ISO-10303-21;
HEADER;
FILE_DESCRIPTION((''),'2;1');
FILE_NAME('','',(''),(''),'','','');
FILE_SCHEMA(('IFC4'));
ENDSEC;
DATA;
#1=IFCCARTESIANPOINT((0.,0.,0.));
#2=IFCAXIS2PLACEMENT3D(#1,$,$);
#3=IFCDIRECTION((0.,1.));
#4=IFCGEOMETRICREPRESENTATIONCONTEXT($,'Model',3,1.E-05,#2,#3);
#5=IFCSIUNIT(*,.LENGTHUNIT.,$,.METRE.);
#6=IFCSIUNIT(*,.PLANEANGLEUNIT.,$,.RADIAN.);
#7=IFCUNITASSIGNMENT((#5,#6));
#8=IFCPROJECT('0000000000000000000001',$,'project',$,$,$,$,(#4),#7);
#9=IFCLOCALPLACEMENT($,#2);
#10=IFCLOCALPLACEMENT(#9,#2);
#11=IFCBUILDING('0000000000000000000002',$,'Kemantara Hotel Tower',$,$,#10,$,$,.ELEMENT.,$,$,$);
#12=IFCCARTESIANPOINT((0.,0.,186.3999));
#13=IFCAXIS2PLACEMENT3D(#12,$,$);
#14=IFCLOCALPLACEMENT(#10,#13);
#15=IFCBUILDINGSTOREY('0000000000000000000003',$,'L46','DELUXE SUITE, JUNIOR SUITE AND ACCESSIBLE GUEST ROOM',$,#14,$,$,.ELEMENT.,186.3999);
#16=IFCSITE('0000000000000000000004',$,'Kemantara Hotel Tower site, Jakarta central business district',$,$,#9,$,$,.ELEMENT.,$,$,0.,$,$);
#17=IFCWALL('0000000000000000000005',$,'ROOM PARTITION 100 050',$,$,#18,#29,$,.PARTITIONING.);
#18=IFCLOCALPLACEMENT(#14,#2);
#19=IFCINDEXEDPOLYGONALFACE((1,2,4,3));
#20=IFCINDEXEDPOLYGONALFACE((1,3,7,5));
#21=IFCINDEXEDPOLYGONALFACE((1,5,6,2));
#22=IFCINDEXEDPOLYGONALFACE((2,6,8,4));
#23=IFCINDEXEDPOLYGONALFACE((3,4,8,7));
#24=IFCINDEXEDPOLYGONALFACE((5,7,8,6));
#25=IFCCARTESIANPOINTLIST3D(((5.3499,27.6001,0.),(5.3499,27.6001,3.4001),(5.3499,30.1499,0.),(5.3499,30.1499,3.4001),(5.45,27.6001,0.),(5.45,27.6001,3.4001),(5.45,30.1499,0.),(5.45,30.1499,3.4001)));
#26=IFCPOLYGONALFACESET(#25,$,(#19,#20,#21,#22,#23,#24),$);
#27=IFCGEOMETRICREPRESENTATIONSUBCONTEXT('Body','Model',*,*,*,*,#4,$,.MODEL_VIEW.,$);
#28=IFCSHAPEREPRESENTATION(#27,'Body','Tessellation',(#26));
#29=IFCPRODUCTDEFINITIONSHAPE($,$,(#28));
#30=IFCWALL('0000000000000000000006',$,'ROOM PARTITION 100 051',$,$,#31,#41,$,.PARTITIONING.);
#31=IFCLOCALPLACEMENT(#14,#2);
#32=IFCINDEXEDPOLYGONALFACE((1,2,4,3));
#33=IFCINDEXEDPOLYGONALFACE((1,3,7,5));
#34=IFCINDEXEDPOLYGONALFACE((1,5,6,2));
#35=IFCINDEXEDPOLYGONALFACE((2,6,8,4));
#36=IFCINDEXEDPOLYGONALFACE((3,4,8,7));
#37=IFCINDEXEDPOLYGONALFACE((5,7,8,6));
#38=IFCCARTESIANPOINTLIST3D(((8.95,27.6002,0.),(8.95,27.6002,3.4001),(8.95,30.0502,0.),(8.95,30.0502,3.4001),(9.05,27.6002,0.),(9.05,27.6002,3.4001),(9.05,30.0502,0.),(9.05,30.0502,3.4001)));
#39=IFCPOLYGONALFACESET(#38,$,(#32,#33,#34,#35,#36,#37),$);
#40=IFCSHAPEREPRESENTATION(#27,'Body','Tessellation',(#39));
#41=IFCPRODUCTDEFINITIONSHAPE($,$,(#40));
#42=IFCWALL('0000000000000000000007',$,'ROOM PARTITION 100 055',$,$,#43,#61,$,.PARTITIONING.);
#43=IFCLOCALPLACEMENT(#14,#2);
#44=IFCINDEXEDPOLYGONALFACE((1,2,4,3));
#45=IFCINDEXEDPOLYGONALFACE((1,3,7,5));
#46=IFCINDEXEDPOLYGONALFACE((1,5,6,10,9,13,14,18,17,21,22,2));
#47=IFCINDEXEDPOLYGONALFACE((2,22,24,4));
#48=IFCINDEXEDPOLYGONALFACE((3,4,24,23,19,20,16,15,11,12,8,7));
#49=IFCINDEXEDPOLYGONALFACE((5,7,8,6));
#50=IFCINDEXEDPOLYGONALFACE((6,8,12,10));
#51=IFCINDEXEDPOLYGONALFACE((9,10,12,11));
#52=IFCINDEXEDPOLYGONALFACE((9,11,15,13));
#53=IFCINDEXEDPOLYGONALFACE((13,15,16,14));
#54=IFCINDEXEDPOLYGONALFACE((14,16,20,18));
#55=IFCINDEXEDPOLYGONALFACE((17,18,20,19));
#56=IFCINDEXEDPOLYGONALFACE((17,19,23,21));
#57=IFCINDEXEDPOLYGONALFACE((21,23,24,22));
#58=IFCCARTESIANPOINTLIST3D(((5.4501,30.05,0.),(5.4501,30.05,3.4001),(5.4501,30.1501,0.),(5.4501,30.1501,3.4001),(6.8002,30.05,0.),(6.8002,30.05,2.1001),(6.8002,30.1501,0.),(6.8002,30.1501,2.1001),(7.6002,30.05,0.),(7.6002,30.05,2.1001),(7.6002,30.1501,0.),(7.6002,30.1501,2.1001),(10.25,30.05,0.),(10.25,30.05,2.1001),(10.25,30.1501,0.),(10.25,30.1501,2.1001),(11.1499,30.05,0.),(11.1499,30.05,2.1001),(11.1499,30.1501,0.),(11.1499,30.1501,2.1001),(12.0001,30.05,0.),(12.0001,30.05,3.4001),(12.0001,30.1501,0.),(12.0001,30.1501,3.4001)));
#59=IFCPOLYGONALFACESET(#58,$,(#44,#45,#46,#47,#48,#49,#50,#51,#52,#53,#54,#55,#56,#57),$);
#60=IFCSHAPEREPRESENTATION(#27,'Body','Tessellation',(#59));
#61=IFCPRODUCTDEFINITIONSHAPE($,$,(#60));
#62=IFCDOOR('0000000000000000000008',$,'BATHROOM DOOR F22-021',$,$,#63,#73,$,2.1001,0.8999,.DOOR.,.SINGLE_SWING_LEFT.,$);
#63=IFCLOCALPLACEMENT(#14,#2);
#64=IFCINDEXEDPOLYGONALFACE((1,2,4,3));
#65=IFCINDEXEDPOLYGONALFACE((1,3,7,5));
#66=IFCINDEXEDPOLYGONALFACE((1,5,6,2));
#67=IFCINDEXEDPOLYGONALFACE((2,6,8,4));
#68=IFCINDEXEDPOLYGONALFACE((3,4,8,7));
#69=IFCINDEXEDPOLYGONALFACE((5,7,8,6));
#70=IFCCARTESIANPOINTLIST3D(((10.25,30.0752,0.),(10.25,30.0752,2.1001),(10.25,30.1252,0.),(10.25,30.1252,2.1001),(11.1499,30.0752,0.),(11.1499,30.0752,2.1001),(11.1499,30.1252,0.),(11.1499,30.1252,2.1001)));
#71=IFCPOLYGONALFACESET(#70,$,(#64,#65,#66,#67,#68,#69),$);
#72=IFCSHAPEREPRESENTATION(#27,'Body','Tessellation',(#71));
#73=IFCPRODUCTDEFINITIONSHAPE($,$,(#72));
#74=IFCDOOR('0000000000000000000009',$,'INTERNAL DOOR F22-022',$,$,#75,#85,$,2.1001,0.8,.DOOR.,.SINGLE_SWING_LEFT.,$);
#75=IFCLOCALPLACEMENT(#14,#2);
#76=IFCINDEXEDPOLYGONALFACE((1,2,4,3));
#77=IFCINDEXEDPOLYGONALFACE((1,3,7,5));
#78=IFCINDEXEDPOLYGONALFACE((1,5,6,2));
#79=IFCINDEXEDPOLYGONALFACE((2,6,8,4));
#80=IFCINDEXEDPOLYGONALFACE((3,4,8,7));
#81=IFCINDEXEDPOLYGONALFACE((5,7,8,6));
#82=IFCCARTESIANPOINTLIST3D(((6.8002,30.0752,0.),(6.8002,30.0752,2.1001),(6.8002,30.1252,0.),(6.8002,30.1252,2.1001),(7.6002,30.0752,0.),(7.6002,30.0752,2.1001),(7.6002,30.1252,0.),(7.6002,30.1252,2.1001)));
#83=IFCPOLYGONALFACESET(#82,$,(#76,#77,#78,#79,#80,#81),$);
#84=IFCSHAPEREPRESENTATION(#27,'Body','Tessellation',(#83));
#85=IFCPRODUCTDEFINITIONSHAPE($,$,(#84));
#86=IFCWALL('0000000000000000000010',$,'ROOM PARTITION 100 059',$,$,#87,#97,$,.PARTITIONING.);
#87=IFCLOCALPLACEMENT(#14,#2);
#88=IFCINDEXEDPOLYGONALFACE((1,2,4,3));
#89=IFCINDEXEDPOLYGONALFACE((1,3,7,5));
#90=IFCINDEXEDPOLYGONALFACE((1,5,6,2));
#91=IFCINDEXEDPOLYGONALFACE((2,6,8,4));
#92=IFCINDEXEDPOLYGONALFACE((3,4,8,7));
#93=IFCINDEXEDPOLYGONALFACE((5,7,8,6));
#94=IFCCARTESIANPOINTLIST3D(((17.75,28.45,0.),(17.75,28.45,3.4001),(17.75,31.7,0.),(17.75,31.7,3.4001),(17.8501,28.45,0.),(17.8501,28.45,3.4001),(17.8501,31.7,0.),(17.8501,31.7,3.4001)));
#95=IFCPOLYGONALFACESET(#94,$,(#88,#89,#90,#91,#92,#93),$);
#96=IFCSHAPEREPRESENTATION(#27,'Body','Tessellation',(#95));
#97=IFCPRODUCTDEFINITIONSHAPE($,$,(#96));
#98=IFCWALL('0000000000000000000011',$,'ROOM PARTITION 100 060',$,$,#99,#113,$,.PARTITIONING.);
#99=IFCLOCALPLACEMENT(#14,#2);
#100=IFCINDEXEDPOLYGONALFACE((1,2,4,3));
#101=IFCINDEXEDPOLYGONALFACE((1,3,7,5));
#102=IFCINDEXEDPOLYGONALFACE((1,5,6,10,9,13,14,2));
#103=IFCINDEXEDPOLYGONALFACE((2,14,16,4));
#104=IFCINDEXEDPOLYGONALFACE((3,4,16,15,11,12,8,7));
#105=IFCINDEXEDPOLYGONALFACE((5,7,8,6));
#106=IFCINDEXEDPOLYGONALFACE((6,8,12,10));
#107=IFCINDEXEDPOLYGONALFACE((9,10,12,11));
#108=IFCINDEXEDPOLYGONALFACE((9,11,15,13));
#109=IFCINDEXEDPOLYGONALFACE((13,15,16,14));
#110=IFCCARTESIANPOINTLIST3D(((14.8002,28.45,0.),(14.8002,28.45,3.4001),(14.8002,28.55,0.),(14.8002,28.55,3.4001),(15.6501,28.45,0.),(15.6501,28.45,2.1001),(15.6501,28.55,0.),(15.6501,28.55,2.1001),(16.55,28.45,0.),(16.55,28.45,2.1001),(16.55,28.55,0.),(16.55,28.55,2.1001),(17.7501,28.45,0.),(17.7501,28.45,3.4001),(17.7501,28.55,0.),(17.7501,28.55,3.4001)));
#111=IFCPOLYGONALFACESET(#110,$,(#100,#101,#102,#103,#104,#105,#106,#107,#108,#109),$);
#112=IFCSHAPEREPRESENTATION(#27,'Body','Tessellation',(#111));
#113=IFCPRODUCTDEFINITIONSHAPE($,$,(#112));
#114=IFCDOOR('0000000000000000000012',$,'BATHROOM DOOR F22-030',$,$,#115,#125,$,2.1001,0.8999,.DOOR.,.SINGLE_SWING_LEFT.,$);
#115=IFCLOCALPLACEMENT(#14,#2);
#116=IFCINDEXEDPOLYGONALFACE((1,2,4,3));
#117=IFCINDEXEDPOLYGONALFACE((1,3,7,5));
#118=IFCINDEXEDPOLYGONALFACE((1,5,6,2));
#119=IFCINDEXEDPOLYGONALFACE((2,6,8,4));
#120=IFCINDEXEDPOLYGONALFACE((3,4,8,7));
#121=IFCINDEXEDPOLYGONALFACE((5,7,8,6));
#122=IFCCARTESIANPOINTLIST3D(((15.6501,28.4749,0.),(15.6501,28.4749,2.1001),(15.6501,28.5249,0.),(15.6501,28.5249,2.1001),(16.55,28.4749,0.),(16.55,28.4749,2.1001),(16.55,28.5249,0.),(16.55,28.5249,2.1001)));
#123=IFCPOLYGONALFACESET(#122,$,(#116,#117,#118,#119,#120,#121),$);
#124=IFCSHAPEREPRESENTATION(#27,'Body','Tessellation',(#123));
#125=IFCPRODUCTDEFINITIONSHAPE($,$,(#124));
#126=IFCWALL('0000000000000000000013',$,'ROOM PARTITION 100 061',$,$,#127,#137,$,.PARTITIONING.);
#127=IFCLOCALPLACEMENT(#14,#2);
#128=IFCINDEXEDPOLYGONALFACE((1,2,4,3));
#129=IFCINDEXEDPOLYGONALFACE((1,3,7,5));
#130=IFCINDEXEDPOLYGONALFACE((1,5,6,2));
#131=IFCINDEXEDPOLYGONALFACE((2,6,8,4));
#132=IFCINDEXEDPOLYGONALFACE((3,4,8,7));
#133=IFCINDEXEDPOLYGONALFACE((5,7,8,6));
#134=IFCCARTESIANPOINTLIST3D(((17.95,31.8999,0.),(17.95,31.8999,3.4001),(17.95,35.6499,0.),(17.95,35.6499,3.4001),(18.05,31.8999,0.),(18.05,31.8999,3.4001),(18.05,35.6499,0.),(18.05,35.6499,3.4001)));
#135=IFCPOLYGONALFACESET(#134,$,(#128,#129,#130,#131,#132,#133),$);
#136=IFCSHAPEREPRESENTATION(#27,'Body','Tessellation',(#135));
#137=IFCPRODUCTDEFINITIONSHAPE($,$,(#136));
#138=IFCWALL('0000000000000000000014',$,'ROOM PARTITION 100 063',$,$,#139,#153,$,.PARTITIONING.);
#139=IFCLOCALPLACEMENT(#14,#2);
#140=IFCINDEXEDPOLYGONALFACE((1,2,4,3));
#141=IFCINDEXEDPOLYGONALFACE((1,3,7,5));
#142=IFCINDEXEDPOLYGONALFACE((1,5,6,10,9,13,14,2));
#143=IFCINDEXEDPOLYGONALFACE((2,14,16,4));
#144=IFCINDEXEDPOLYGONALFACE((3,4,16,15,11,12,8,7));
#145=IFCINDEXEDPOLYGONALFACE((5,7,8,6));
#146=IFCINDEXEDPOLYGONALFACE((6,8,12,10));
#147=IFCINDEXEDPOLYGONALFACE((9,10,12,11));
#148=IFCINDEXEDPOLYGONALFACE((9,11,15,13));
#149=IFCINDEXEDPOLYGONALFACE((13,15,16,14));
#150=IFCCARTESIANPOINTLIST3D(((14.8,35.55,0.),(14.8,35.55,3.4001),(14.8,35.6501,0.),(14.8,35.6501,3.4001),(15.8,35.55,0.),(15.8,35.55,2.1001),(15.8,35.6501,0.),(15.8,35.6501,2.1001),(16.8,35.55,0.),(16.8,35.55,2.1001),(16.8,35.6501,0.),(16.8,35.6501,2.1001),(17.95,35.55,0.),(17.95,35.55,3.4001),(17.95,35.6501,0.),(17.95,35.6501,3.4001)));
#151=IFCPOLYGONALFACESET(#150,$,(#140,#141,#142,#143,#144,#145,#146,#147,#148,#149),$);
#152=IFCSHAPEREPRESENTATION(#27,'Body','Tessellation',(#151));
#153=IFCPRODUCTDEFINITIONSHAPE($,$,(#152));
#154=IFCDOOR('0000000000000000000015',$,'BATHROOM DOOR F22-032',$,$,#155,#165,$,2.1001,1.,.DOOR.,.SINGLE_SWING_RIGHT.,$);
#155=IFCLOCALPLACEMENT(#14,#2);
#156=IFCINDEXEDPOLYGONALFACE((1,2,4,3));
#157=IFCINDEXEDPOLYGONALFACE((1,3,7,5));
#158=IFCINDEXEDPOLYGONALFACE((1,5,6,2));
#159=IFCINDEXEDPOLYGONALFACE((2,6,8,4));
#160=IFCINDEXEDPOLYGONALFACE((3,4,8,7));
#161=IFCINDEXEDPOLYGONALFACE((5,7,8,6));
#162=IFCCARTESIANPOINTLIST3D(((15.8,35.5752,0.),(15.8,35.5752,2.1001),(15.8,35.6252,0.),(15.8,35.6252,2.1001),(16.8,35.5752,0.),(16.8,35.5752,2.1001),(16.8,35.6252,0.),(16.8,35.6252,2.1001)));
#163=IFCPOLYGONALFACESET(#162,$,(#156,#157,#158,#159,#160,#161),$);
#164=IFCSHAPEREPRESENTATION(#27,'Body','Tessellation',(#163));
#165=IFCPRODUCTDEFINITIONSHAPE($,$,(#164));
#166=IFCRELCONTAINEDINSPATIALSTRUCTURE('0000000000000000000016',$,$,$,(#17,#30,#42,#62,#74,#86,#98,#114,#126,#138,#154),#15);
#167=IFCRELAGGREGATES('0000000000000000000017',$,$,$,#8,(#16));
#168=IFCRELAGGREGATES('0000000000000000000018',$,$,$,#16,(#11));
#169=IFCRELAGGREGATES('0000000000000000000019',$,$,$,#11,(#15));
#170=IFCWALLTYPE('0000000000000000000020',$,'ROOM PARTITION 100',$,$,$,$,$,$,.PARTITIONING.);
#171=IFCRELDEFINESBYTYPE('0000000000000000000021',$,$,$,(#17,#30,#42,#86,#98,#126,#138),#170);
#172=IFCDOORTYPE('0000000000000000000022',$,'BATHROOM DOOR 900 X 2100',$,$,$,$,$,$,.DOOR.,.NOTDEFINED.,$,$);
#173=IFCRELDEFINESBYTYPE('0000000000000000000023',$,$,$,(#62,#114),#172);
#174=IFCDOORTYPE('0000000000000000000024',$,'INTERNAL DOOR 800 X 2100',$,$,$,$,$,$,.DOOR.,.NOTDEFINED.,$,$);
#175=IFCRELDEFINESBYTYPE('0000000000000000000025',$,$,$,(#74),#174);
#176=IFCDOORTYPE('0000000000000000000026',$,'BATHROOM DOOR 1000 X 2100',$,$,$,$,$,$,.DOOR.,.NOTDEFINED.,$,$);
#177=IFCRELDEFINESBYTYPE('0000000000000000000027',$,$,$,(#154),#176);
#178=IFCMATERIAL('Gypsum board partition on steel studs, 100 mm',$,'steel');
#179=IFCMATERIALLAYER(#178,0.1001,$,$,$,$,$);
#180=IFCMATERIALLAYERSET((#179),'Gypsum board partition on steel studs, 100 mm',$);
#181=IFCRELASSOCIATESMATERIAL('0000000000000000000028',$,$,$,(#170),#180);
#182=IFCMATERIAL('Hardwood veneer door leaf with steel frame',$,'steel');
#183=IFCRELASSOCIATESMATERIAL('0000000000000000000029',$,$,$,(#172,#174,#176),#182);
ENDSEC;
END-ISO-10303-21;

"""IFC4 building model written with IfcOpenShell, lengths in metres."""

from ifc_helpers import new_model, si_unit, direction, frame, frame_2d, origin, place, context, subcontext, project, spatial, rectangle, extrude, material, layer, layer_set, type_object, element, fill, save


model = new_model("IFC4")

# Units and contexts
model_context = context("Model", 3, precision=1e-05, world=origin(), true_north=direction((0.0, 1.0)))
body_context = subcontext(model_context, "Body", "Model", "MODEL_VIEW")
ifc_project = project(units=[si_unit("LENGTHUNIT", "METRE"), si_unit("PLANEANGLEUNIT", "RADIAN")], contexts=[model_context])

# Site, building, storey
site_placement = place(None, origin())
site = spatial("IfcSite", under=ifc_project, at=site_placement, Name="Kemantara Hotel Tower site, Jakarta central business district", CompositionType="ELEMENT", RefElevation=0.0)
building_placement = place(site_placement, origin())
building = spatial("IfcBuilding", under=site, at=building_placement, Name="Kemantara Hotel Tower", CompositionType="ELEMENT")
storey_placement = place(building_placement, frame((0.0, 0.0, 186.3999)))
storey = spatial("IfcBuildingStorey", under=building, at=storey_placement, Name="L46", Description="DELUXE SUITE, JUNIOR SUITE AND ACCESSIBLE GUEST ROOM", CompositionType="ELEMENT", Elevation=186.3999)

# Shared definitions
ifc_material_1 = material(Name="Hardwood veneer door leaf with steel frame", Category="steel")

# Walls
ifc_material_2 = material(Name="Gypsum board partition on steel studs, 100 mm", Category="steel")
ifc_layer_1 = layer(ifc_material_2, 0.1001)
ifc_layer_set_1 = layer_set([ifc_layer_1], Name="Gypsum board partition on steel studs, 100 mm")
wall_type_1 = type_object("IfcWallType", Name="ROOM PARTITION 100", PredefinedType="PARTITIONING", material=ifc_layer_set_1)
wall_1_placement = place(storey_placement, frame((5.3999, 27.6001, 0.0), z_axis=(0.0, 0.0, 1.0), x_axis=(0.0, 1.0, 0.0)))
element("IfcWall", 1, at=wall_1_placement, inside=storey, type_object=wall_type_1, Name="ROOM PARTITION 100 050", PredefinedType="PARTITIONING", context=body_context, shape_type="SweptSolid", body=[
    extrude(rectangle(XDim=2.5498, YDim=0.1001, at=frame_2d((1.2749, 0.0))), origin(), (0.0, 0.0, 1.0), 3.4001),
])
wall_2_placement = place(storey_placement, frame((9.0, 27.6001, 0.0), z_axis=(0.0, 0.0, 1.0), x_axis=(0.0, 1.0, 0.0)))
element("IfcWall", 2, at=wall_2_placement, inside=storey, type_object=wall_type_1, Name="ROOM PARTITION 100 051", PredefinedType="PARTITIONING", context=body_context, shape_type="SweptSolid", body=[
    extrude(rectangle(XDim=2.45, YDim=0.1001, at=frame_2d((1.2251, 0.0))), origin(), (0.0, 0.0, 1.0), 3.4001),
])

# Wall, openings, doors
wall_3_placement = place(storey_placement, frame((12.0, 30.1001, 0.0), z_axis=(0.0, 0.0, 1.0), x_axis=(-1.0, 0.0, 0.0)))
wall_3 = element("IfcWall", 3, at=wall_3_placement, inside=storey, type_object=wall_type_1, Name="ROOM PARTITION 100 055", PredefinedType="PARTITIONING", context=body_context, shape_type="SweptSolid", body=[
    extrude(rectangle(XDim=6.55, YDim=0.1001, at=frame_2d((3.2749, 0.0))), origin(), (0.0, 0.0, 1.0), 3.4001),
])
opening_1_placement = place(wall_3_placement, frame((0.8501, 0.0, 0.0)))
opening_1 = element("IfcOpeningElement", 4, at=opening_1_placement, cuts=wall_3, PredefinedType="OPENING", context=body_context, shape_type="SweptSolid", body=[
    extrude(rectangle(XDim=0.8999, YDim=2.1001, at=frame_2d((0.45, 1.05))), frame((0.0, 0.0601, 0.0), z_axis=(0.0, -1.0, 0.0), x_axis=(1.0, 0.0, 0.0)), (0.0, 0.0, 1.0), 0.1201),
])
opening_2_placement = place(wall_3_placement, frame((4.3999, 0.0, 0.0)))
opening_2 = element("IfcOpeningElement", 5, at=opening_2_placement, cuts=wall_3, PredefinedType="OPENING", context=body_context, shape_type="SweptSolid", body=[
    extrude(rectangle(XDim=0.8, YDim=2.1001, at=frame_2d((0.3999, 1.05))), frame((0.0, 0.0601, 0.0), z_axis=(0.0, -1.0, 0.0), x_axis=(1.0, 0.0, 0.0)), (0.0, 0.0, 1.0), 0.1201),
])
door_type_1 = type_object("IfcDoorType", Name="BATHROOM DOOR 900 X 2100", OperationType="NOTDEFINED", PredefinedType="DOOR", material=ifc_material_1)
door_1_placement = place(opening_1_placement, origin())
door_1 = element("IfcDoor", 6, at=door_1_placement, inside=storey, type_object=door_type_1, Name="BATHROOM DOOR F22-021", OperationType="SINGLE_SWING_LEFT", OverallHeight=2.1001, OverallWidth=0.8999, PredefinedType="DOOR", context=body_context, shape_type="SweptSolid", body=[
    extrude(rectangle(XDim=0.8999, YDim=2.1001, at=frame_2d((0.45, 1.05))), frame((0.0, 0.0249, 0.0), z_axis=(0.0, -1.0, 0.0), x_axis=(1.0, 0.0, 0.0)), (0.0, 0.0, 1.0), 0.05),
])
fill(opening_1, door_1)
door_type_2 = type_object("IfcDoorType", Name="INTERNAL DOOR 800 X 2100", OperationType="NOTDEFINED", PredefinedType="DOOR", material=ifc_material_1)
door_2_placement = place(opening_2_placement, origin())
door_2 = element("IfcDoor", 7, at=door_2_placement, inside=storey, type_object=door_type_2, Name="INTERNAL DOOR F22-022", OperationType="SINGLE_SWING_LEFT", OverallHeight=2.1001, OverallWidth=0.8, PredefinedType="DOOR", context=body_context, shape_type="SweptSolid", body=[
    extrude(rectangle(XDim=0.8, YDim=2.1001, at=frame_2d((0.3999, 1.05))), frame((0.0, 0.0249, 0.0), z_axis=(0.0, -1.0, 0.0), x_axis=(1.0, 0.0, 0.0)), (0.0, 0.0, 1.0), 0.05),
])
fill(opening_2, door_2)

# Wall
wall_4_placement = place(storey_placement, frame((17.8, 28.45, 0.0), z_axis=(0.0, 0.0, 1.0), x_axis=(0.0, 1.0, 0.0)))
element("IfcWall", 8, at=wall_4_placement, inside=storey, type_object=wall_type_1, Name="ROOM PARTITION 100 059", PredefinedType="PARTITIONING", context=body_context, shape_type="SweptSolid", body=[
    extrude(rectangle(XDim=3.25, YDim=0.1001, at=frame_2d((1.625, 0.0))), origin(), (0.0, 0.0, 1.0), 3.4001),
])

# Wall, opening, door
wall_5_placement = place(storey_placement, frame((14.8, 28.5, 0.0), z_axis=(0.0, 0.0, 1.0), x_axis=(1.0, 0.0, 0.0)))
wall_5 = element("IfcWall", 9, at=wall_5_placement, inside=storey, type_object=wall_type_1, Name="ROOM PARTITION 100 060", PredefinedType="PARTITIONING", context=body_context, shape_type="SweptSolid", body=[
    extrude(rectangle(XDim=2.95, YDim=0.1001, at=frame_2d((1.4751, 0.0))), origin(), (0.0, 0.0, 1.0), 3.4001),
])
opening_3_placement = place(wall_5_placement, frame((0.8501, 0.0, 0.0)))
opening_3 = element("IfcOpeningElement", 10, at=opening_3_placement, cuts=wall_5, PredefinedType="OPENING", context=body_context, shape_type="SweptSolid", body=[
    extrude(rectangle(XDim=0.8999, YDim=2.1001, at=frame_2d((0.45, 1.05))), frame((0.0, 0.0601, 0.0), z_axis=(0.0, -1.0, 0.0), x_axis=(1.0, 0.0, 0.0)), (0.0, 0.0, 1.0), 0.1201),
])
door_3_placement = place(opening_3_placement, origin())
door_3 = element("IfcDoor", 11, at=door_3_placement, inside=storey, type_object=door_type_1, Name="BATHROOM DOOR F22-030", OperationType="SINGLE_SWING_LEFT", OverallHeight=2.1001, OverallWidth=0.8999, PredefinedType="DOOR", context=body_context, shape_type="SweptSolid", body=[
    extrude(rectangle(XDim=0.8999, YDim=2.1001, at=frame_2d((0.45, 1.05))), frame((0.0, 0.0249, 0.0), z_axis=(0.0, -1.0, 0.0), x_axis=(1.0, 0.0, 0.0)), (0.0, 0.0, 1.0), 0.05),
])
fill(opening_3, door_3)

# Wall
wall_6_placement = place(storey_placement, frame((18.0, 31.8999, 0.0), z_axis=(0.0, 0.0, 1.0), x_axis=(0.0, 1.0, 0.0)))
element("IfcWall", 12, at=wall_6_placement, inside=storey, type_object=wall_type_1, Name="ROOM PARTITION 100 061", PredefinedType="PARTITIONING", context=body_context, shape_type="SweptSolid", body=[
    extrude(rectangle(XDim=3.75, YDim=0.1001, at=frame_2d((1.875, 0.0))), origin(), (0.0, 0.0, 1.0), 3.4001),
])

# Wall, opening, door
wall_7_placement = place(storey_placement, frame((17.95, 35.6001, 0.0), z_axis=(0.0, 0.0, 1.0), x_axis=(-1.0, 0.0, 0.0)))
wall_7 = element("IfcWall", 13, at=wall_7_placement, inside=storey, type_object=wall_type_1, Name="ROOM PARTITION 100 063", PredefinedType="PARTITIONING", context=body_context, shape_type="SweptSolid", body=[
    extrude(rectangle(XDim=3.1499, YDim=0.1001, at=frame_2d((1.575, 0.0))), origin(), (0.0, 0.0, 1.0), 3.4001),
])
opening_4_placement = place(wall_7_placement, frame((1.1499, 0.0, 0.0)))
opening_4 = element("IfcOpeningElement", 14, at=opening_4_placement, cuts=wall_7, PredefinedType="OPENING", context=body_context, shape_type="SweptSolid", body=[
    extrude(rectangle(XDim=1.0, YDim=2.1001, at=frame_2d((0.5, 1.05))), frame((0.0, 0.0601, 0.0), z_axis=(0.0, -1.0, 0.0), x_axis=(1.0, 0.0, 0.0)), (0.0, 0.0, 1.0), 0.1201),
])
door_type_3 = type_object("IfcDoorType", Name="BATHROOM DOOR 1000 X 2100", OperationType="NOTDEFINED", PredefinedType="DOOR", material=ifc_material_1)
door_4_placement = place(opening_4_placement, origin())
door_4 = element("IfcDoor", 15, at=door_4_placement, inside=storey, type_object=door_type_3, Name="BATHROOM DOOR F22-032", OperationType="SINGLE_SWING_RIGHT", OverallHeight=2.1001, OverallWidth=1.0, PredefinedType="DOOR", context=body_context, shape_type="SweptSolid", body=[
    extrude(rectangle(XDim=1.0, YDim=2.1001, at=frame_2d((0.5, 1.05))), frame((0.0, 0.0249, 0.0), z_axis=(0.0, -1.0, 0.0), x_axis=(1.0, 0.0, 0.0)), (0.0, 0.0, 1.0), 0.05),
])
fill(opening_4, door_4)

save(model, "model.ifc")
